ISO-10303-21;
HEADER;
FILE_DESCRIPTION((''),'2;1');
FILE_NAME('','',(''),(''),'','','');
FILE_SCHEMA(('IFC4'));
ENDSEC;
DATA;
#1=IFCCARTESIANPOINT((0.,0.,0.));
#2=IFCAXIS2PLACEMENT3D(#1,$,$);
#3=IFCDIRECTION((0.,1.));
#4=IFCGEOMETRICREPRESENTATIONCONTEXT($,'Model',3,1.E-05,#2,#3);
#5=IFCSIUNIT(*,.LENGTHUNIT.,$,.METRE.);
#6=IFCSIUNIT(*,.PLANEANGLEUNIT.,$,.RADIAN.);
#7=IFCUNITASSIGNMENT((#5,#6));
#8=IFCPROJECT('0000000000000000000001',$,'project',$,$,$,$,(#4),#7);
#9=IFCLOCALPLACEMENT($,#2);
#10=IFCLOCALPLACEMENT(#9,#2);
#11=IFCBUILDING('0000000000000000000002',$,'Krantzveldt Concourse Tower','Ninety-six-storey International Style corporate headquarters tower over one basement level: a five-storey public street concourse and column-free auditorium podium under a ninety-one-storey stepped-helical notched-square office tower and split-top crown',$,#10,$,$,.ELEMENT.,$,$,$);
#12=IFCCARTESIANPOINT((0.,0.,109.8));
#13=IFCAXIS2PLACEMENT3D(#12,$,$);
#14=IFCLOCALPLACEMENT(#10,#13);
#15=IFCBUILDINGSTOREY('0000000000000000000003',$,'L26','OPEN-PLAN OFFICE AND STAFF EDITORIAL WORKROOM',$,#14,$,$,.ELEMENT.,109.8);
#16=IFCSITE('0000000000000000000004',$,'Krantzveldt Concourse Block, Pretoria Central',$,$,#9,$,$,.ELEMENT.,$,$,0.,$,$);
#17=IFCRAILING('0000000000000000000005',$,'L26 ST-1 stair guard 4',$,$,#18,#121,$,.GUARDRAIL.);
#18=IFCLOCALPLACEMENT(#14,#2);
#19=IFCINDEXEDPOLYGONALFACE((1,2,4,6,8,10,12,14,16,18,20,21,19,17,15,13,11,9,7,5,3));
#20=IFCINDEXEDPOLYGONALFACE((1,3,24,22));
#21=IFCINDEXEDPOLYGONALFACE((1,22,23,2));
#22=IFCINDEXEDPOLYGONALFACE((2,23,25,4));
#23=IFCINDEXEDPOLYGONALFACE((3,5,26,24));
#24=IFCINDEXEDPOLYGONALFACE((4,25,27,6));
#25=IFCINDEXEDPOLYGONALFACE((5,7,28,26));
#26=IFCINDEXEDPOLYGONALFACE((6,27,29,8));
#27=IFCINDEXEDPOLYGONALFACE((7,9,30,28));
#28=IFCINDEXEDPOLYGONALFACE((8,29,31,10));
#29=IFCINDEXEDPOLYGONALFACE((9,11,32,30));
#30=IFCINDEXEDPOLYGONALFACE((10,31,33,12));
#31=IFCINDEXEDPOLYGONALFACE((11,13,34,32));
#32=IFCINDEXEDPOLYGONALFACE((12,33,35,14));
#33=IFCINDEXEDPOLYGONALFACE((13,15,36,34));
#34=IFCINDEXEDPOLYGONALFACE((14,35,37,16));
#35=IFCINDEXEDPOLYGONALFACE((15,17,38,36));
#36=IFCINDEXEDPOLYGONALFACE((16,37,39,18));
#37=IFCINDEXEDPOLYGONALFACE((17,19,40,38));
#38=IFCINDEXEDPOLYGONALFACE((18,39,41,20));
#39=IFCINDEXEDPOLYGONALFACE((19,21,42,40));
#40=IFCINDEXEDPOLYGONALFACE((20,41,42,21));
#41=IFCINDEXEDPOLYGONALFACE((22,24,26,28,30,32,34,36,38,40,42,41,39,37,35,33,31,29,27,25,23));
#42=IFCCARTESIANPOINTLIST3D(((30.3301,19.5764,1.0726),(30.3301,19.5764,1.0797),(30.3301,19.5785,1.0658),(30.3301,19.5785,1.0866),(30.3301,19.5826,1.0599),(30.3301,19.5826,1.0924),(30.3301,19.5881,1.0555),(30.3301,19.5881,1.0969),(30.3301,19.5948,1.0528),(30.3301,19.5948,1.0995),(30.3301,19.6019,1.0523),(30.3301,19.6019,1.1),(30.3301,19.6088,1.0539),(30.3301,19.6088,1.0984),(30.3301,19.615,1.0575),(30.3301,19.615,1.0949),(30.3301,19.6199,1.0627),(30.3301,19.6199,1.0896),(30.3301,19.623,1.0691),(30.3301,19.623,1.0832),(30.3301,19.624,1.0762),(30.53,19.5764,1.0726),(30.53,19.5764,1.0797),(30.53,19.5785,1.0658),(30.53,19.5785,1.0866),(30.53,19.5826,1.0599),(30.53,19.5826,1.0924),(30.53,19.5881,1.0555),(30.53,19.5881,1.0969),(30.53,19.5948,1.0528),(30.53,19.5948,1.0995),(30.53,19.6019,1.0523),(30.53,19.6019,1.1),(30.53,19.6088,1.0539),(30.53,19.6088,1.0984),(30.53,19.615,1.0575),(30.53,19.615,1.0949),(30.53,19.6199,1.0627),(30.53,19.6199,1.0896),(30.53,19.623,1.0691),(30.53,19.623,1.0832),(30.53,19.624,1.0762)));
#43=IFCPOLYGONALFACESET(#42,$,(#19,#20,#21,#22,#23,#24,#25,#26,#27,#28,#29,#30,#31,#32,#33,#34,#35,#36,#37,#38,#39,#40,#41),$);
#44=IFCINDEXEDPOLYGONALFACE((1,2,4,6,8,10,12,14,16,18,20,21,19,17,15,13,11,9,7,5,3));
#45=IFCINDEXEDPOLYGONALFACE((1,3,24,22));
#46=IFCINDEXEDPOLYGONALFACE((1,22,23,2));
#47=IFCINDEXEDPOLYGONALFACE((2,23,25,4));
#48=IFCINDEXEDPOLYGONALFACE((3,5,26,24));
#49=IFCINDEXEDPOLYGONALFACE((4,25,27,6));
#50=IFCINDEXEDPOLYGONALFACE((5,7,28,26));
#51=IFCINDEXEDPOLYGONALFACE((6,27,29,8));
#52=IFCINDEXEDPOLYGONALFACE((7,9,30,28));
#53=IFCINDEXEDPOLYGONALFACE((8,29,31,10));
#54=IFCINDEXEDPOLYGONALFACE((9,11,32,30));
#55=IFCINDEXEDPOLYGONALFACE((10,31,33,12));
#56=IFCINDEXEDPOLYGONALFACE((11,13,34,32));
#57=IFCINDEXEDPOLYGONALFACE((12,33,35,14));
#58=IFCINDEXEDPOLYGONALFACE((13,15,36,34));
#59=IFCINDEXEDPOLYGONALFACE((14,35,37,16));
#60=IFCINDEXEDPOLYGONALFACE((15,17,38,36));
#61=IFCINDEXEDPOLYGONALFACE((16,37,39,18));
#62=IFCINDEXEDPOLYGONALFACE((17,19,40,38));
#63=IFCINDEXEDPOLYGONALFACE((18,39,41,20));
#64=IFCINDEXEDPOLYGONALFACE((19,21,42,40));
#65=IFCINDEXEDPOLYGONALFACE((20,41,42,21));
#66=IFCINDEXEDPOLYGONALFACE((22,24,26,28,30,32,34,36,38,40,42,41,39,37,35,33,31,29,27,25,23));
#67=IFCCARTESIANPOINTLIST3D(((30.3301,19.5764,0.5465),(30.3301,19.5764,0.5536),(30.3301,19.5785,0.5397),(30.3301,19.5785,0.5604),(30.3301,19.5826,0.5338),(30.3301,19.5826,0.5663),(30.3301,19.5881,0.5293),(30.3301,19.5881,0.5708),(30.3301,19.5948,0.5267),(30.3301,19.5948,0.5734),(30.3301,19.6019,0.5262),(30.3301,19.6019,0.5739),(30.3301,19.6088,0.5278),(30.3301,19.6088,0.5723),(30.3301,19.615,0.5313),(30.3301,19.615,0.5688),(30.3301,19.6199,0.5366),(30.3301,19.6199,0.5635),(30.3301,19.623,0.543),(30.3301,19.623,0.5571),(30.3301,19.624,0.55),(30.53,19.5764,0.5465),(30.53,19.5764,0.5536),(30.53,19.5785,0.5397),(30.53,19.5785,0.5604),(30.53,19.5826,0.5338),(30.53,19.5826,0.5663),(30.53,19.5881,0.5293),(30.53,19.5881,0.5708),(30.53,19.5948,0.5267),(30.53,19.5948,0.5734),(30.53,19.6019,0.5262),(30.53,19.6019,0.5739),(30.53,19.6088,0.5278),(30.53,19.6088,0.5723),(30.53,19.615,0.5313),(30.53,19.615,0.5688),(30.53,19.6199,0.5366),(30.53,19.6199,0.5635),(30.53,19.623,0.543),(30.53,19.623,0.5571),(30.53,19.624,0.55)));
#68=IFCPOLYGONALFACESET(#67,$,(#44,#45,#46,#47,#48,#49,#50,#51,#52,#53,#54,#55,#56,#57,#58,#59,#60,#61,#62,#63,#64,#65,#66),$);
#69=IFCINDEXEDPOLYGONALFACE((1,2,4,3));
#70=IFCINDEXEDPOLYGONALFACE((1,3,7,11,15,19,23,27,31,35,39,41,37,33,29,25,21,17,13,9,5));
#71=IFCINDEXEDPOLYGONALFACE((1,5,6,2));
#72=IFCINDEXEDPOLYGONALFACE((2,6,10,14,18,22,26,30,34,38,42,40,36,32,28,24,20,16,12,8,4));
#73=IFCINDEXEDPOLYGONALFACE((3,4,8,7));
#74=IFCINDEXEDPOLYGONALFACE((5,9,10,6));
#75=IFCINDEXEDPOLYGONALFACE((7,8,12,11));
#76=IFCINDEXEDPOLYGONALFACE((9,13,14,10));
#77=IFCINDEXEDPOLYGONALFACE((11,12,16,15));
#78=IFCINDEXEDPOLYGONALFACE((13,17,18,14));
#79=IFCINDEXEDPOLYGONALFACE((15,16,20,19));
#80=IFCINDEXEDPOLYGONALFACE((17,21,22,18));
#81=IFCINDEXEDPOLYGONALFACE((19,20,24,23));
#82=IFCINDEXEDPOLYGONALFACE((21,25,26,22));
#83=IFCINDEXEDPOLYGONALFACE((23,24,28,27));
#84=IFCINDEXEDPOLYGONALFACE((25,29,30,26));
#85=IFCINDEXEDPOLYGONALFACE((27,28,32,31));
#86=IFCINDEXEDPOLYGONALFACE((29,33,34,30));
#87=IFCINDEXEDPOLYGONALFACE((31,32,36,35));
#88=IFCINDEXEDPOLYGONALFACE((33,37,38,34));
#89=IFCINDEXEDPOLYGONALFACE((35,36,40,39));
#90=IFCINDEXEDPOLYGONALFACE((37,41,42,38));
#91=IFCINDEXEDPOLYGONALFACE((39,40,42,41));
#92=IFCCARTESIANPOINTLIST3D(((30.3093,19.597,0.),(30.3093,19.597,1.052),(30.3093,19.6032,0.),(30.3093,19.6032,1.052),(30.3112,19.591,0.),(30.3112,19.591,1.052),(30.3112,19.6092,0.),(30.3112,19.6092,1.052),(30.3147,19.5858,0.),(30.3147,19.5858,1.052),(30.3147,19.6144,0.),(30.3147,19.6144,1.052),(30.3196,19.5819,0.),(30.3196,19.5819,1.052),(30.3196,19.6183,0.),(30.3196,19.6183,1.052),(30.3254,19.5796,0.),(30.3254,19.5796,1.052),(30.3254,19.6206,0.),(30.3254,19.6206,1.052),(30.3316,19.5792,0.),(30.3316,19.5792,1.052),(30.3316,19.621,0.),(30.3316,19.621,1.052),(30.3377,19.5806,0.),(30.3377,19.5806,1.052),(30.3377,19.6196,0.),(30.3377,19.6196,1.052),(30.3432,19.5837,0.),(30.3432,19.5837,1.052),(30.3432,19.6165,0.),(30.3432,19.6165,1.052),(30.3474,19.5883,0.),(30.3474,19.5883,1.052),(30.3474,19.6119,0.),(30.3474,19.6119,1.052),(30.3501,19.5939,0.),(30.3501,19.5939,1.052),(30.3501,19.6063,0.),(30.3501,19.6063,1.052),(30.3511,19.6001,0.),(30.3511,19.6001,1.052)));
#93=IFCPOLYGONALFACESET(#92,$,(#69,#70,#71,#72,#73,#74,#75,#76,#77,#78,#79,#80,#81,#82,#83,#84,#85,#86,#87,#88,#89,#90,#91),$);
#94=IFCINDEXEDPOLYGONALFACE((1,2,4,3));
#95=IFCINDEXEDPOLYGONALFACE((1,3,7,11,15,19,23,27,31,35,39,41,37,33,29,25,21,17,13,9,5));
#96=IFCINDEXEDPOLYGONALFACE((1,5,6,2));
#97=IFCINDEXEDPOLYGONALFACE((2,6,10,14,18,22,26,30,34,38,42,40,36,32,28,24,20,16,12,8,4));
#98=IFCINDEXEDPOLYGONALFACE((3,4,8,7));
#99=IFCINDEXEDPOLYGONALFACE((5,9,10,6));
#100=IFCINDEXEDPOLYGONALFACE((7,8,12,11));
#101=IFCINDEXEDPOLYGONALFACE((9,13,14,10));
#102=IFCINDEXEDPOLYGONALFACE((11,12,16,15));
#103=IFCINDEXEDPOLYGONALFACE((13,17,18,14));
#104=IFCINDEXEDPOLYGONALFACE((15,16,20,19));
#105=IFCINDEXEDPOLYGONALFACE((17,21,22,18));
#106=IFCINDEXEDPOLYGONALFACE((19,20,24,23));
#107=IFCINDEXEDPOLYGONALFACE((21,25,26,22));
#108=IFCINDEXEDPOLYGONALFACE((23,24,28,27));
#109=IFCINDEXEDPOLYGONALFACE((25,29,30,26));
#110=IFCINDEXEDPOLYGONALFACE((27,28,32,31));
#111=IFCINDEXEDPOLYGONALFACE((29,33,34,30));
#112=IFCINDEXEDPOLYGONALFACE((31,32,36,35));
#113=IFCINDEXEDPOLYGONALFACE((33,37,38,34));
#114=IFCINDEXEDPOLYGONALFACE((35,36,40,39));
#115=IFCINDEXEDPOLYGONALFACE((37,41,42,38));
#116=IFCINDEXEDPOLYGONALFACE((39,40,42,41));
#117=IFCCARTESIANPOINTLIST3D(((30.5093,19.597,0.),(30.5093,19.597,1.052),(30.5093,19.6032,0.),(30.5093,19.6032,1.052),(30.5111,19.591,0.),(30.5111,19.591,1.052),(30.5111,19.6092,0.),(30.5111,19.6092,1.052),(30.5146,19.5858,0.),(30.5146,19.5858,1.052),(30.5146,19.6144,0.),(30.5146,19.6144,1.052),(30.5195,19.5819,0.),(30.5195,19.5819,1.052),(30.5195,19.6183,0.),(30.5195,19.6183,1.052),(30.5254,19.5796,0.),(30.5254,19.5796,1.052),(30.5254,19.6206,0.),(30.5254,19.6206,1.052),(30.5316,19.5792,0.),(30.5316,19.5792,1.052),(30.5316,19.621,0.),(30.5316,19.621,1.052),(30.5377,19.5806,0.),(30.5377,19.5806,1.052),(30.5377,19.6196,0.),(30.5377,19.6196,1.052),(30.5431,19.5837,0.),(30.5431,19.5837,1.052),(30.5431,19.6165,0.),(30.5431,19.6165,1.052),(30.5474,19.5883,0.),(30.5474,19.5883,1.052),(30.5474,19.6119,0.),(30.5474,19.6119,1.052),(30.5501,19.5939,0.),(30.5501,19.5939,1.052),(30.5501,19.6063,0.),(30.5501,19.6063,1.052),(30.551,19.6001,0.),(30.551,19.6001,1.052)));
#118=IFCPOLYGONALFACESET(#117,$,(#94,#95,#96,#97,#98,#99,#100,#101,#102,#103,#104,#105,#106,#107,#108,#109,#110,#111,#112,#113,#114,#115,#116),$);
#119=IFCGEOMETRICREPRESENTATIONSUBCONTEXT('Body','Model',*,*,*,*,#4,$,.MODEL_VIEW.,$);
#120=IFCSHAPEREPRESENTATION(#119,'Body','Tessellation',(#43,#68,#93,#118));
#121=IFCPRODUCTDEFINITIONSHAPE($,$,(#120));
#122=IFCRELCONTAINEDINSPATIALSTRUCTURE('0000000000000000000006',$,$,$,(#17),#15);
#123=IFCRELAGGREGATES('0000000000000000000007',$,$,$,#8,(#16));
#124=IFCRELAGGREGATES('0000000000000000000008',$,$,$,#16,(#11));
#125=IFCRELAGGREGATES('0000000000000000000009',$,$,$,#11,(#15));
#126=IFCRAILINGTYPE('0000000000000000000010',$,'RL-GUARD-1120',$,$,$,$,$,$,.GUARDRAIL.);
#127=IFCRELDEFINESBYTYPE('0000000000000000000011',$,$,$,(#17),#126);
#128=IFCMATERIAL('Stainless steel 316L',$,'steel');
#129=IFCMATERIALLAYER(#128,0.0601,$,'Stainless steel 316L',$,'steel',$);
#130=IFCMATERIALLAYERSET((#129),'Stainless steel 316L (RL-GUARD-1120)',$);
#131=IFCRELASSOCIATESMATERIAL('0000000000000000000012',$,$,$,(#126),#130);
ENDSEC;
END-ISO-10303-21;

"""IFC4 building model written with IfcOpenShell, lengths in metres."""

from ifc_helpers import new_model, si_unit, direction, frame, origin, origin_2d, place, context, subcontext, project, spatial, circle, extrude, material, layer, layer_set, type_object, element, save


model = new_model("IFC4")

# Units and contexts
model_context = context("Model", 3, precision=1e-05, world=origin(), true_north=direction((0.0, 1.0)))
body_context = subcontext(model_context, "Body", "Model", "MODEL_VIEW")
ifc_project = project(units=[si_unit("LENGTHUNIT", "METRE"), si_unit("PLANEANGLEUNIT", "RADIAN")], contexts=[model_context])

# Site, building, storey
site_placement = place(None, origin())
site = spatial("IfcSite", under=ifc_project, at=site_placement, Name="Krantzveldt Concourse Block, Pretoria Central", CompositionType="ELEMENT", RefElevation=0.0)
building_placement = place(site_placement, origin())
building = spatial("IfcBuilding", under=site, at=building_placement, Name="Krantzveldt Concourse Tower", Description="Ninety-six-storey International Style corporate headquarters tower over one basement level: a five-storey public street concourse and column-free auditorium podium under a ninety-one-storey stepped-helical notched-square office tower and split-top crown", CompositionType="ELEMENT")
storey_placement = place(building_placement, frame((0.0, 0.0, 109.8)))
storey = spatial("IfcBuildingStorey", under=building, at=storey_placement, Name="L26", Description="OPEN-PLAN OFFICE AND STAFF EDITORIAL WORKROOM", CompositionType="ELEMENT", Elevation=109.8)

# Railing
ifc_material_1 = material(Name="Stainless steel 316L", Category="steel")
ifc_layer_1 = layer(ifc_material_1, 0.0601, Name="Stainless steel 316L", Category="steel")
ifc_layer_set_1 = layer_set([ifc_layer_1], Name="Stainless steel 316L (RL-GUARD-1120)")
railing_type_1 = type_object("IfcRailingType", Name="RL-GUARD-1120", PredefinedType="GUARDRAIL", material=ifc_layer_set_1)
railing_1_placement = place(storey_placement, frame((30.3301, 19.6001, 0.0)))
element("IfcRailing", 1, at=railing_1_placement, inside=storey, type_object=railing_type_1, Name="L26 ST-1 stair guard 4", PredefinedType="GUARDRAIL", context=body_context, shape_type="SweptSolid", body=[
    extrude(circle(Radius=0.0239, at=origin_2d()), frame((0.0, 0.0, 1.0762), z_axis=(1.0, 0.0, 0.0), x_axis=(0.0, 1.0, 0.0)), (0.0, 0.0, 1.0), 0.2),
    extrude(circle(Radius=0.0239, at=origin_2d()), frame((0.0, 0.0, 0.55), z_axis=(1.0, 0.0, 0.0), x_axis=(0.0, 1.0, 0.0)), (0.0, 0.0, 1.0), 0.2),
    extrude(circle(Radius=0.021, at=origin_2d()), origin(), (0.0, 0.0, 1.0), 1.052),
    extrude(circle(Radius=0.021, at=origin_2d()), frame((0.2, 0.0, 0.0)), (0.0, 0.0, 1.0), 1.052),
])

save(model, "model.ifc")
